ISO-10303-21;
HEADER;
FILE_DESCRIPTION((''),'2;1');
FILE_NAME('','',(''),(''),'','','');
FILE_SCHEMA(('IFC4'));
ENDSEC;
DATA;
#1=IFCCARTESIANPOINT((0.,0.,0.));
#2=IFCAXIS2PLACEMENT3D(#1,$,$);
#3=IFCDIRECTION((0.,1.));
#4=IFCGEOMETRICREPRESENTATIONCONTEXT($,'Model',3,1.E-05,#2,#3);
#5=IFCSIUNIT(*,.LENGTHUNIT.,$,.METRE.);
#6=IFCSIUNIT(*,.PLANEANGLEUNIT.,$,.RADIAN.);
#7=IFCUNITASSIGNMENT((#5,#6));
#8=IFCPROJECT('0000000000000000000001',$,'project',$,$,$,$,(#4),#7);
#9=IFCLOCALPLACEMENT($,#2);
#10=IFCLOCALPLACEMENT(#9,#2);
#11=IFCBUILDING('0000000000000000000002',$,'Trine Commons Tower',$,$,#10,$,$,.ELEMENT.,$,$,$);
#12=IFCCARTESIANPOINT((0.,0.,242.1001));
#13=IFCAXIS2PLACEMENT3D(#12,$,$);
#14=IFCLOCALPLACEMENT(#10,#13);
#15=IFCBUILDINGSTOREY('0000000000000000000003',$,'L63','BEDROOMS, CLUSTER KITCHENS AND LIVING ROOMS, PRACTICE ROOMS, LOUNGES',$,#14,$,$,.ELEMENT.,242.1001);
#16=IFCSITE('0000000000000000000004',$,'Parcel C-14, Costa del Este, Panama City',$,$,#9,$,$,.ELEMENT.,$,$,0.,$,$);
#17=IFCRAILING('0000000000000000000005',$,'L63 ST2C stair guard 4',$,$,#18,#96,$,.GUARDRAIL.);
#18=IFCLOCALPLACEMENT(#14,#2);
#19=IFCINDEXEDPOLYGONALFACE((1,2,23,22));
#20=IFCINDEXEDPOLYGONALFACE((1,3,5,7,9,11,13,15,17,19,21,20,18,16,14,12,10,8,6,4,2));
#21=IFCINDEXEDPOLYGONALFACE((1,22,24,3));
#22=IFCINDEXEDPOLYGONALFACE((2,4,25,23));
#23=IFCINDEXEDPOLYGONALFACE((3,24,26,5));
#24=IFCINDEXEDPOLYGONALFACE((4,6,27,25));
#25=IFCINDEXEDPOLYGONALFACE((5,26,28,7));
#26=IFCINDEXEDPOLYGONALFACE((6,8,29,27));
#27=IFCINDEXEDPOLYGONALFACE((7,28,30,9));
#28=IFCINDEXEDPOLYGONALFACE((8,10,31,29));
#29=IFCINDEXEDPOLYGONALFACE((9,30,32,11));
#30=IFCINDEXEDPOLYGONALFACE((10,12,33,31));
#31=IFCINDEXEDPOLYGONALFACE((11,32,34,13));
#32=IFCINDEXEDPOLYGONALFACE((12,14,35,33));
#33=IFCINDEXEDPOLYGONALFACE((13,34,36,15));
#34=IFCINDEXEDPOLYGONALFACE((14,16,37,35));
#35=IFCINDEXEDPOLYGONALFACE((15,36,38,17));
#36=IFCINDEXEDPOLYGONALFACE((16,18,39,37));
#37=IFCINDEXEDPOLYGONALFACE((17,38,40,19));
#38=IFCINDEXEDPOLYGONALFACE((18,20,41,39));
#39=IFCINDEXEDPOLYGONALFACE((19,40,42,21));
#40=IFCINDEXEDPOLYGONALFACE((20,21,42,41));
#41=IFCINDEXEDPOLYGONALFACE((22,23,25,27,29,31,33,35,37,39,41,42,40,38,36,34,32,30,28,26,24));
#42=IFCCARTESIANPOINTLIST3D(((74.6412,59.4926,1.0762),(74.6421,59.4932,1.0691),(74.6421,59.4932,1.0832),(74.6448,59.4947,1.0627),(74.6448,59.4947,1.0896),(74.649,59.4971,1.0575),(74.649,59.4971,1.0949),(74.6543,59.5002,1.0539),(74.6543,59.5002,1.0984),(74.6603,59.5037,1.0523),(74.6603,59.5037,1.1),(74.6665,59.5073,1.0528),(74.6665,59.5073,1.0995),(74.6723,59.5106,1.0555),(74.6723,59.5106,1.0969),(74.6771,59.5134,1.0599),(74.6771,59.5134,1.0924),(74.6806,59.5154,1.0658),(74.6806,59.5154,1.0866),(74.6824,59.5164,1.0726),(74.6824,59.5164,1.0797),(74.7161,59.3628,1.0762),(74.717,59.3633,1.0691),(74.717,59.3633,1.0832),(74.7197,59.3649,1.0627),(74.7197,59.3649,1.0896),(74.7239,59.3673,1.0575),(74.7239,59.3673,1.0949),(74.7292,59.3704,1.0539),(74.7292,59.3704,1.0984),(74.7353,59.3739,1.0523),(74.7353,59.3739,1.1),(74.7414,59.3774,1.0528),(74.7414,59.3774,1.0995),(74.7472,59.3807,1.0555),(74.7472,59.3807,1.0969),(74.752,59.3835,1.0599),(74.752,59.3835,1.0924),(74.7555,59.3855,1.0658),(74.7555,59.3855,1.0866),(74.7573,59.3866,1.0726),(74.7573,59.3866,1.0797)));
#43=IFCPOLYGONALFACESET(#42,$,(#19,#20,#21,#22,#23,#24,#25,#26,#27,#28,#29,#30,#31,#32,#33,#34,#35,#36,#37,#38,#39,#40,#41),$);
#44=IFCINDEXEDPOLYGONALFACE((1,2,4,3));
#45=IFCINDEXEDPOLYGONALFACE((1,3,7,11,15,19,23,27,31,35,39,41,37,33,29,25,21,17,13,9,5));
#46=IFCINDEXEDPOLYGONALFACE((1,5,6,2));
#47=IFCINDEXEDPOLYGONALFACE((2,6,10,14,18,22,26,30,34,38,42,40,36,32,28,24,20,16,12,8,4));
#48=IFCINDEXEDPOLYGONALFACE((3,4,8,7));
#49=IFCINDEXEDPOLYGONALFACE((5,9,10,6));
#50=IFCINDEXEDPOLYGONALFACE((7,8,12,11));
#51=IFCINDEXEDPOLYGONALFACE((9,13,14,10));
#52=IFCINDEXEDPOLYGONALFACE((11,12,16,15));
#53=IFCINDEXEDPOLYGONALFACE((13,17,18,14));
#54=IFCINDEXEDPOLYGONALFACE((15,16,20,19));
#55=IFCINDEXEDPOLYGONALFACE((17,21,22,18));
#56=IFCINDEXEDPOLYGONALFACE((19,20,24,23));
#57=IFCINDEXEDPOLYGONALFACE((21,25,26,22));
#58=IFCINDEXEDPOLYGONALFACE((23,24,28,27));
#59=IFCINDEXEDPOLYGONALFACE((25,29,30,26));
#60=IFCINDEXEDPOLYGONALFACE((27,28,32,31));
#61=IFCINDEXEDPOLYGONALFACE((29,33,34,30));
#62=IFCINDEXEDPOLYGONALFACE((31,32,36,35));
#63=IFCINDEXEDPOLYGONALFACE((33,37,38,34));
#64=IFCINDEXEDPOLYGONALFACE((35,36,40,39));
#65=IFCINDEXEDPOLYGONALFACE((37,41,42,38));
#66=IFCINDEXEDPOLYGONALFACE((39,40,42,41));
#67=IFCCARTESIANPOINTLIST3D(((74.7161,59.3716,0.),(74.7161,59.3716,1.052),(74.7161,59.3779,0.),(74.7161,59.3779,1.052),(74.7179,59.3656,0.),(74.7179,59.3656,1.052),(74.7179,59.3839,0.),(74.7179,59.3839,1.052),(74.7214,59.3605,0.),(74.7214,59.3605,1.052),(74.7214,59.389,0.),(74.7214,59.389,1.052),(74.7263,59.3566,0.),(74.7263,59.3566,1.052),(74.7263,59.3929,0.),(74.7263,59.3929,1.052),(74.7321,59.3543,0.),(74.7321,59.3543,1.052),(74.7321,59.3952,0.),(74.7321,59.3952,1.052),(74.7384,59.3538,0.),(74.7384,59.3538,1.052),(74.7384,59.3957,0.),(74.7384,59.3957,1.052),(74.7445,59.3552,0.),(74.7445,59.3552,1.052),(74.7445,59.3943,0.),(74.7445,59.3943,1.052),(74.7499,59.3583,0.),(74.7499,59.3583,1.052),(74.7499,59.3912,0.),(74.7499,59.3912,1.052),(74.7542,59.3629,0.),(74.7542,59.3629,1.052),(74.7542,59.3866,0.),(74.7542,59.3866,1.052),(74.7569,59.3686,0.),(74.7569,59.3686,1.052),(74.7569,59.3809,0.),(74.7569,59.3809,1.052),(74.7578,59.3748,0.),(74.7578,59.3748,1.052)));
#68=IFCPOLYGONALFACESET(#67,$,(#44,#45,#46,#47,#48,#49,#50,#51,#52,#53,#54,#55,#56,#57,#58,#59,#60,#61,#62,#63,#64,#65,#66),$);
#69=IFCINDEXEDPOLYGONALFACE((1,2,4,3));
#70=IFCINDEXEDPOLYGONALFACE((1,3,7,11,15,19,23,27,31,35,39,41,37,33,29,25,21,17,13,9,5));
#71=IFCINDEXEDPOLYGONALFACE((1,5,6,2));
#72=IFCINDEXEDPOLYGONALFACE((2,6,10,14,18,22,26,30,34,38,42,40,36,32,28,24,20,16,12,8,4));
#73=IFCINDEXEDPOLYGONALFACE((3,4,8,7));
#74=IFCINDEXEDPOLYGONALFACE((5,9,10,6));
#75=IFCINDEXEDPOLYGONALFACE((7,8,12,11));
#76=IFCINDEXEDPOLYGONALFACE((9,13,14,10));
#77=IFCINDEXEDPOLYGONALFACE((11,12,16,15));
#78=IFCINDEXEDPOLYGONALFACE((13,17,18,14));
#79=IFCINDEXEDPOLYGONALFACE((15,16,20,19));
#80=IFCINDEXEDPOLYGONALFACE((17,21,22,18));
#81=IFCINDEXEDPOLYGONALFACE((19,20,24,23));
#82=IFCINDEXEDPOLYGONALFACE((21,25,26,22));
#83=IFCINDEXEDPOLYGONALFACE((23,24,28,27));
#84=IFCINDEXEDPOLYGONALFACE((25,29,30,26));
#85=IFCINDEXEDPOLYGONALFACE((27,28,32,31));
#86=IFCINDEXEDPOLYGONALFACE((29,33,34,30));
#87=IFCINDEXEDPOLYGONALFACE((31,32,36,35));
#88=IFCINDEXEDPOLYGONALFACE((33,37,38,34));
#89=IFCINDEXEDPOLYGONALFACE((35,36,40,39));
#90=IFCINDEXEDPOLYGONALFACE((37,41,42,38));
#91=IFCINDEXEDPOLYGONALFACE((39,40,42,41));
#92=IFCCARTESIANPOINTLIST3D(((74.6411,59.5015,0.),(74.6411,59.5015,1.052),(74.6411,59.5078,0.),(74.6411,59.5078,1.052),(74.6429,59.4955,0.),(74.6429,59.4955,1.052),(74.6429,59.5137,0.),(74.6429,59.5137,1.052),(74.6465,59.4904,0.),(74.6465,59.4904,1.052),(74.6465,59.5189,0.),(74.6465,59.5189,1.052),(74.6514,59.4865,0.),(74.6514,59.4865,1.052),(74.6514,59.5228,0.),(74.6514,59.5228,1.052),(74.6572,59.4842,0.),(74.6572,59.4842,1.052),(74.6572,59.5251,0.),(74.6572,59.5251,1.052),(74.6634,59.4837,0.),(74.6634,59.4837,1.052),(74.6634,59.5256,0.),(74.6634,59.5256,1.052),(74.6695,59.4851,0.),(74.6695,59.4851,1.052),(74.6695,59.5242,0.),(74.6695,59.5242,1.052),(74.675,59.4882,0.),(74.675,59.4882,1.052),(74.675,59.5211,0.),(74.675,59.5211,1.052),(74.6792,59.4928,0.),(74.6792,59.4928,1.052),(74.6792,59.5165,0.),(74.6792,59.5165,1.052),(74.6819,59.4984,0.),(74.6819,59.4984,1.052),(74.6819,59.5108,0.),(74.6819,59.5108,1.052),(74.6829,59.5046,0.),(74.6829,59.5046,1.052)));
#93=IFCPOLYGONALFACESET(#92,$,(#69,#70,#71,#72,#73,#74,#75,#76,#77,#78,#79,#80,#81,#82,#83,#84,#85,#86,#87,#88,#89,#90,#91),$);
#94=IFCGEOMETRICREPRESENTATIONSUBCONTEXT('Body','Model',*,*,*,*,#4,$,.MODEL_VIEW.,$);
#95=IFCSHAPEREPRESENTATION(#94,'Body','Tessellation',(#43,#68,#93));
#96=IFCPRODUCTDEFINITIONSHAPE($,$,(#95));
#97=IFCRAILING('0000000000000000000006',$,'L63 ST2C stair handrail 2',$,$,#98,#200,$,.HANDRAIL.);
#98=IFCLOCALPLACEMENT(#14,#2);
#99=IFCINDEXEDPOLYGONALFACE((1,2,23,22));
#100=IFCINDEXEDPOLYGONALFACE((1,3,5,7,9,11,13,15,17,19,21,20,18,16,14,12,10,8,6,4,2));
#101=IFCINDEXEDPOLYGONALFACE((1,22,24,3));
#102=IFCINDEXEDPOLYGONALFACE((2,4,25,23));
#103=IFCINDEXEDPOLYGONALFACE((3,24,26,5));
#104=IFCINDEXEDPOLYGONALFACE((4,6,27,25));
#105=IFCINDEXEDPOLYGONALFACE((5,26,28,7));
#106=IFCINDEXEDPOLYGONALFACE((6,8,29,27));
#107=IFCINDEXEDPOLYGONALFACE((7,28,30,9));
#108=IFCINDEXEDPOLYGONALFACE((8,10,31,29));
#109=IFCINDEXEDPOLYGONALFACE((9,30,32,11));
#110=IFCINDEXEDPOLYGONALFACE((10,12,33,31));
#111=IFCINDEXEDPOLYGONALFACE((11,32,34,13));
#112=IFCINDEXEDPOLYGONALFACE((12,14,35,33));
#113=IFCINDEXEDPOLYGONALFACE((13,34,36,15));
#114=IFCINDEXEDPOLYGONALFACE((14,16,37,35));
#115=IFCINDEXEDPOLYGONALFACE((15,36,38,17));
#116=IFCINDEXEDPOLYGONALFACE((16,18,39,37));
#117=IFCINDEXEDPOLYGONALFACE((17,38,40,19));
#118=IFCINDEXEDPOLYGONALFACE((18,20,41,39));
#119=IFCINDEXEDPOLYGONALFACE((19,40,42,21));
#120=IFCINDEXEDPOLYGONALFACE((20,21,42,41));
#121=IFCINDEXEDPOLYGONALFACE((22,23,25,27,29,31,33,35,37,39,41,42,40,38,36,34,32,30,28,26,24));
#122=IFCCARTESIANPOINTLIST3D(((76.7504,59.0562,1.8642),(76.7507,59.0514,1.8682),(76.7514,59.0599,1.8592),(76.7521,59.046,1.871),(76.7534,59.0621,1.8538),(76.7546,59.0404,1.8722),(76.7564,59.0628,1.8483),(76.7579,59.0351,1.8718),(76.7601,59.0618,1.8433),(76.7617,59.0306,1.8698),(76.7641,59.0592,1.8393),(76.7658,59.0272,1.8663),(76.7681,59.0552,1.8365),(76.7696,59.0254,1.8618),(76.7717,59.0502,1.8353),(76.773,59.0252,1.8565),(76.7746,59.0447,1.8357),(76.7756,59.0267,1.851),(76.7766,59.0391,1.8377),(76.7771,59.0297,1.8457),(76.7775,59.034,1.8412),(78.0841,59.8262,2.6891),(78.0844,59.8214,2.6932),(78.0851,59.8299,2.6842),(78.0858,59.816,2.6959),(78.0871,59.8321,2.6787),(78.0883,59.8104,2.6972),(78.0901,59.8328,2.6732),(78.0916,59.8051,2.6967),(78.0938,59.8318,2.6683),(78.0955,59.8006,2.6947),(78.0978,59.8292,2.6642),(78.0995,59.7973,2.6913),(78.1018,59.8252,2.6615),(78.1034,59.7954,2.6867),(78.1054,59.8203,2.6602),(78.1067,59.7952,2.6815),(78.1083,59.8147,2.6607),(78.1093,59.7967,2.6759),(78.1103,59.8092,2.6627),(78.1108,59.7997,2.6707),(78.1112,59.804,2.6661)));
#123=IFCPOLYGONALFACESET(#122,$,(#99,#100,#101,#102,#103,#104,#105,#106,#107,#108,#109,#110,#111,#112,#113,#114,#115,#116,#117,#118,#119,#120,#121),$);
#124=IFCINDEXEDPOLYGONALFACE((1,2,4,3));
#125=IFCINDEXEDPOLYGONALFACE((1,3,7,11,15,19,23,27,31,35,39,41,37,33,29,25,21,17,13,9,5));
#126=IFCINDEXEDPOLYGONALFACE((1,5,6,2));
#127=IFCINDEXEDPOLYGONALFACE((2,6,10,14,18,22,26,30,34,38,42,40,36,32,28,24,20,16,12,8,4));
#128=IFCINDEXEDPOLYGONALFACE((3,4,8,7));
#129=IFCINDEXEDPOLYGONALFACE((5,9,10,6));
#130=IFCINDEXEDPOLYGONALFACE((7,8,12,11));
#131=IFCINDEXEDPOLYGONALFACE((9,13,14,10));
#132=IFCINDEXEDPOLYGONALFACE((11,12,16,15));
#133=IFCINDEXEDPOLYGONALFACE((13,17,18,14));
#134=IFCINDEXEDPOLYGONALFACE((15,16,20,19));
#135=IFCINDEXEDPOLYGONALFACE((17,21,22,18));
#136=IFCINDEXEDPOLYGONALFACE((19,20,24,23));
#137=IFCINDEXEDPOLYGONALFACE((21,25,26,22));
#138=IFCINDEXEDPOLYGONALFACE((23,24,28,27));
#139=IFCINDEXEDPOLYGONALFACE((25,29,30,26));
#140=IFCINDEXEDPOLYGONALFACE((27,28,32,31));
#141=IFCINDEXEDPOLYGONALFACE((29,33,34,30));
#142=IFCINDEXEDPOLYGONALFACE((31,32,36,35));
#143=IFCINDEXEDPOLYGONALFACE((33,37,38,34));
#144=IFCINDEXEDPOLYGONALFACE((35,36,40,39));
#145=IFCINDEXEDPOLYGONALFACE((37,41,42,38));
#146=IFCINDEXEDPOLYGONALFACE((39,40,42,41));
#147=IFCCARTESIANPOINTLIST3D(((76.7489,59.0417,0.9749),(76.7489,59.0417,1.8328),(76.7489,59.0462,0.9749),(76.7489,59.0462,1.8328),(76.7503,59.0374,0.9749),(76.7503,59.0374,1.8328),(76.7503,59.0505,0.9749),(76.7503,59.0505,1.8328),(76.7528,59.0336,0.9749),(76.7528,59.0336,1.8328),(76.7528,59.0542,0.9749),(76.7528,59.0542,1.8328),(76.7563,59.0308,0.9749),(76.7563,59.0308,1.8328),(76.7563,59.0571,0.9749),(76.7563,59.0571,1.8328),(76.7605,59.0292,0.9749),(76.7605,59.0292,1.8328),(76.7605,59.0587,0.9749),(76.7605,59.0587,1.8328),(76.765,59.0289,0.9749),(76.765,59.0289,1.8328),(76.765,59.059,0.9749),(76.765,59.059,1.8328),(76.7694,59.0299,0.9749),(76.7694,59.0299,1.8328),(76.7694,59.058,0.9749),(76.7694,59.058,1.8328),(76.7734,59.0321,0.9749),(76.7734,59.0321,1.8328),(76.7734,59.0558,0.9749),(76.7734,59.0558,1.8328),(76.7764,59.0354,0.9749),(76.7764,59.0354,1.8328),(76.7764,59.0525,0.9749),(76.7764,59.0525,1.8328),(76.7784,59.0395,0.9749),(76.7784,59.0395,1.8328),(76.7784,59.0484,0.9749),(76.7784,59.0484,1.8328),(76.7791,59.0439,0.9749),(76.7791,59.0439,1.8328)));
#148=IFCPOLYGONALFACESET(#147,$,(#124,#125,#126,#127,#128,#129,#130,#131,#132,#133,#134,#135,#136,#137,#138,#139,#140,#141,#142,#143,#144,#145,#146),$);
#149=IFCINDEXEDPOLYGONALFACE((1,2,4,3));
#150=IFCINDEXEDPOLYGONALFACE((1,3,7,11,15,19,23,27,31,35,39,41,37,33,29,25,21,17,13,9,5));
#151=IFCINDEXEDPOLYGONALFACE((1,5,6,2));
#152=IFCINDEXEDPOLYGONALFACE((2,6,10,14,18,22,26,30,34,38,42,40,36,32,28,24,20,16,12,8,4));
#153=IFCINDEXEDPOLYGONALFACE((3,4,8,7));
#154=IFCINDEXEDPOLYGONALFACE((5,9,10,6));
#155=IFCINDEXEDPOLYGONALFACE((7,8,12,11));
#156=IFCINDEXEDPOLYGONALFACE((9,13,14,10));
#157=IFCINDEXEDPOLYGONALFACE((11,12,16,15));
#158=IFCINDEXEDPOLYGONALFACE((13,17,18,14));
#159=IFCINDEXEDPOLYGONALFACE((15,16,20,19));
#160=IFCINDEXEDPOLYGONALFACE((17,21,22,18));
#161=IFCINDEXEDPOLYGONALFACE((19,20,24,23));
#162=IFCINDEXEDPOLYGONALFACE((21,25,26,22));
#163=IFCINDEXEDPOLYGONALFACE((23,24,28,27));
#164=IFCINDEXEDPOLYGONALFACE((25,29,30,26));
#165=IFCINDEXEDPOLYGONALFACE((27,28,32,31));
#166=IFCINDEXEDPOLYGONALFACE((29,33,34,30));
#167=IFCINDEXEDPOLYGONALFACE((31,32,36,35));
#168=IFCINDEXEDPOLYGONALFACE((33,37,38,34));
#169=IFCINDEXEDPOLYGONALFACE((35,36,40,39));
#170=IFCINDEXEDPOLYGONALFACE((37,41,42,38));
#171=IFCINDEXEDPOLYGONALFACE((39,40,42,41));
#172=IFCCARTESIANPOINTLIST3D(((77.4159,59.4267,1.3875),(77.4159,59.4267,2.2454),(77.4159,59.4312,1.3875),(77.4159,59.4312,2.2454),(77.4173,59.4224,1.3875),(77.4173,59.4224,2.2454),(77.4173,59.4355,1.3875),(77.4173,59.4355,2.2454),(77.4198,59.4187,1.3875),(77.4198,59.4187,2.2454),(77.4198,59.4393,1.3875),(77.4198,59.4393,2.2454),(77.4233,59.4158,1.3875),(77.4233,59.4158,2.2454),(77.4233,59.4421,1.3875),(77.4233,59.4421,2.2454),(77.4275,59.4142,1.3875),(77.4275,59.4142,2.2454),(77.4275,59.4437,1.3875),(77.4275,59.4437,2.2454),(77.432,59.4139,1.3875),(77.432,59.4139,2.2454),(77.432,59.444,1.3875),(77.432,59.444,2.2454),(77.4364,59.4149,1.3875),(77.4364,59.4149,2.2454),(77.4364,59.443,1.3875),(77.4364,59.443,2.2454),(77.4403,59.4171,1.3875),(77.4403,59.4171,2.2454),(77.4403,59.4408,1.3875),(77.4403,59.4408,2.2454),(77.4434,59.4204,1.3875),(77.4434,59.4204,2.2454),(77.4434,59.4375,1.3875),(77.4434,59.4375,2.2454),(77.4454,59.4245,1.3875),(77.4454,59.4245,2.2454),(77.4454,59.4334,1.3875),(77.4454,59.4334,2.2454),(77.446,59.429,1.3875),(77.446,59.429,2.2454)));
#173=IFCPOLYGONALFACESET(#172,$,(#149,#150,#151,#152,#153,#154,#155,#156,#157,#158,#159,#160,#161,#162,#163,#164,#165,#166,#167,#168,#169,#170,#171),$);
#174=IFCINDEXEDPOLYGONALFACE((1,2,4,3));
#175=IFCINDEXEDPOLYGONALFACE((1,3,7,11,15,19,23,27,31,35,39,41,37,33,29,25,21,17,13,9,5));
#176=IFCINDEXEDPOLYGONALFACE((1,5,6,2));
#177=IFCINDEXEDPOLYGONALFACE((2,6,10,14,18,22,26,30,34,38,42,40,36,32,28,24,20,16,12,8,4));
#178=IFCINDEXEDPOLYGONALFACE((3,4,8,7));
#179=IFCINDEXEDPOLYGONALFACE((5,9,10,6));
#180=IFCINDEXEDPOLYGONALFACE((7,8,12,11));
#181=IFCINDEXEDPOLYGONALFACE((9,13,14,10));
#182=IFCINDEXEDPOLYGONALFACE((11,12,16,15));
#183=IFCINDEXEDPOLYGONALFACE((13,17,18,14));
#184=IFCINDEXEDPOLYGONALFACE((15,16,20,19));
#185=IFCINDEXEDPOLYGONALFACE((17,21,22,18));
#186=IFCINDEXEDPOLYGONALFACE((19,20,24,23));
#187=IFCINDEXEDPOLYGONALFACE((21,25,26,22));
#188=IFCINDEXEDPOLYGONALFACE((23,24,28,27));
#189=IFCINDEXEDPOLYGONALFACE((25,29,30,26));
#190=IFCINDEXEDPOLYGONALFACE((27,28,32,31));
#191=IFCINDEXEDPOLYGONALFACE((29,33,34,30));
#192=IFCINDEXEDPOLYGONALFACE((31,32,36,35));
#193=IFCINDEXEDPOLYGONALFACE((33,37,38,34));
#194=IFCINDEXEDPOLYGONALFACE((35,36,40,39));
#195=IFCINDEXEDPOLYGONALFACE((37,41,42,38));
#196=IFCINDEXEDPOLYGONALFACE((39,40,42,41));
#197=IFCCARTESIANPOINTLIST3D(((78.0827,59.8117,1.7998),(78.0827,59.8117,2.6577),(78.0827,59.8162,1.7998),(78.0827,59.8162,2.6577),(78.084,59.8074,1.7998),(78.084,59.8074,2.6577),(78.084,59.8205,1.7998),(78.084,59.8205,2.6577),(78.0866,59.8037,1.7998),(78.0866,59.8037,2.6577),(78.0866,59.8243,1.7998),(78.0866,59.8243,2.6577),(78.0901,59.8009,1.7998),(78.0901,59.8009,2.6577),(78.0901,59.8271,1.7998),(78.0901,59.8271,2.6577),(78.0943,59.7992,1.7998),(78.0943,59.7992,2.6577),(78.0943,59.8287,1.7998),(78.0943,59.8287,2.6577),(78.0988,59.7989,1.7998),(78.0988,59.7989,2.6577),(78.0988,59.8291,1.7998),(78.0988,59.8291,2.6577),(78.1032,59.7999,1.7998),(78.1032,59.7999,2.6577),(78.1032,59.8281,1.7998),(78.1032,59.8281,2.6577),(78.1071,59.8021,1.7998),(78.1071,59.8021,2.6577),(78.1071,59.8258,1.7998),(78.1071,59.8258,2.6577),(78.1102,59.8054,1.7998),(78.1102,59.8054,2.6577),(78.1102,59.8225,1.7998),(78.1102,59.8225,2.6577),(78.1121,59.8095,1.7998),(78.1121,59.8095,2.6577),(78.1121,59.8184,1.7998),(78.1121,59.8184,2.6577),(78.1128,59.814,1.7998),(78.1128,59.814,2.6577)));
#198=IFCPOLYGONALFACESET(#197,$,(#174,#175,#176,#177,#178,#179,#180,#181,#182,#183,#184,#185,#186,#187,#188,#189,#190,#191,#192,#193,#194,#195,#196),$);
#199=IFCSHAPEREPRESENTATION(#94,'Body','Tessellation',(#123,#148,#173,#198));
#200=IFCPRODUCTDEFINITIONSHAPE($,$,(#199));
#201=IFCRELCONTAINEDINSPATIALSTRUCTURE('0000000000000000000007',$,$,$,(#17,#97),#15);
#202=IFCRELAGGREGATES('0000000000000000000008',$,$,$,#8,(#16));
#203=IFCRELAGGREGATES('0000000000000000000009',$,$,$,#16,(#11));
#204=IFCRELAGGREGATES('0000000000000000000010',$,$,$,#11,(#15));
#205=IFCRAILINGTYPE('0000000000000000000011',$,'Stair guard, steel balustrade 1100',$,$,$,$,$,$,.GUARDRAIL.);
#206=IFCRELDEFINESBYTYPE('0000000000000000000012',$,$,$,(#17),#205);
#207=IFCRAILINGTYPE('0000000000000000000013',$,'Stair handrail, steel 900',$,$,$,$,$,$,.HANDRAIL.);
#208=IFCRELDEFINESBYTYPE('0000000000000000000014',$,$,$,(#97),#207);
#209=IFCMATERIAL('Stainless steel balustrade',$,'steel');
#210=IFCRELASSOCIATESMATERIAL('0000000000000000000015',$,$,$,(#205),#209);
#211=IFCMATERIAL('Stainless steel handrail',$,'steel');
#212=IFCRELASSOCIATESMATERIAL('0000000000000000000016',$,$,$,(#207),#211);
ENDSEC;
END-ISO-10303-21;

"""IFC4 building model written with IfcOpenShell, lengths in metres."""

from ifc_helpers import new_model, si_unit, direction, frame, origin, origin_2d, place, context, subcontext, project, spatial, circle, extrude, material, type_object, element, save


model = new_model("IFC4")

# Units and contexts
model_context = context("Model", 3, precision=1e-05, world=origin(), true_north=direction((0.0, 1.0)))
body_context = subcontext(model_context, "Body", "Model", "MODEL_VIEW")
ifc_project = project(units=[si_unit("LENGTHUNIT", "METRE"), si_unit("PLANEANGLEUNIT", "RADIAN")], contexts=[model_context])

# Site, building, storey
site_placement = place(None, origin())
site = spatial("IfcSite", under=ifc_project, at=site_placement, Name="Parcel C-14, Costa del Este, Panama City", CompositionType="ELEMENT", RefElevation=0.0)
building_placement = place(site_placement, origin())
building = spatial("IfcBuilding", under=site, at=building_placement, Name="Trine Commons Tower", CompositionType="ELEMENT")
storey_placement = place(building_placement, frame((0.0, 0.0, 242.1001)))
storey = spatial("IfcBuildingStorey", under=building, at=storey_placement, Name="L63", Description="BEDROOMS, CLUSTER KITCHENS AND LIVING ROOMS, PRACTICE ROOMS, LOUNGES", CompositionType="ELEMENT", Elevation=242.1001)

# Railings
ifc_material_1 = material(Name="Stainless steel balustrade", Category="steel")
railing_type_1 = type_object("IfcRailingType", Name="Stair guard, steel balustrade 1100", PredefinedType="GUARDRAIL", material=ifc_material_1)
railing_1_placement = place(storey_placement, frame((74.7368, 59.3748, 0.0)))
element("IfcRailing", 1, at=railing_1_placement, inside=storey, type_object=railing_type_1, Name="L63 ST2C stair guard 4", PredefinedType="GUARDRAIL", context=body_context, shape_type="SweptSolid", body=[
    extrude(circle(Radius=0.0239, at=origin_2d()), frame((0.0, 0.0, 1.0762), z_axis=(-0.499816, 0.866131, 0.0), x_axis=(-0.866131, -0.499816, 0.0)), (0.0, 0.0, 1.0), 0.1499),
    extrude(circle(Radius=0.021, at=origin_2d()), origin(), (0.0, 0.0, 1.0), 1.052),
    extrude(circle(Radius=0.021, at=origin_2d()), frame((-0.075, 0.1299, 0.0)), (0.0, 0.0, 1.0), 1.052),
])
ifc_material_2 = material(Name="Stainless steel handrail", Category="steel")
railing_type_2 = type_object("IfcRailingType", Name="Stair handrail, steel 900", PredefinedType="HANDRAIL", material=ifc_material_2)
railing_2_placement = place(storey_placement, frame((76.7639, 59.0439, 0.9749)))
element("IfcRailing", 2, at=railing_2_placement, inside=storey, type_object=railing_type_2, Name="L63 ST2C stair handrail 2", PredefinedType="HANDRAIL", context=body_context, shape_type="SweptSolid", body=[
    extrude(circle(Radius=0.021, at=origin_2d()), frame((0.0, 0.0, 0.8789), z_axis=(0.763405, 0.440743, 0.472185), x_axis=(-0.499992, 0.86603, 0.0)), (0.0, 0.0, 1.0), 1.7471),
    extrude(circle(Radius=0.0151, at=origin_2d()), origin(), (0.0, 0.0, 1.0), 0.8579),
    extrude(circle(Radius=0.0151, at=origin_2d()), frame((0.667, 0.385, 0.4126)), (0.0, 0.0, 1.0), 0.8579),
    extrude(circle(Radius=0.0151, at=origin_2d()), frame((1.3337, 0.77, 0.825)), (0.0, 0.0, 1.0), 0.8579),
])

save(model, "model.ifc")
